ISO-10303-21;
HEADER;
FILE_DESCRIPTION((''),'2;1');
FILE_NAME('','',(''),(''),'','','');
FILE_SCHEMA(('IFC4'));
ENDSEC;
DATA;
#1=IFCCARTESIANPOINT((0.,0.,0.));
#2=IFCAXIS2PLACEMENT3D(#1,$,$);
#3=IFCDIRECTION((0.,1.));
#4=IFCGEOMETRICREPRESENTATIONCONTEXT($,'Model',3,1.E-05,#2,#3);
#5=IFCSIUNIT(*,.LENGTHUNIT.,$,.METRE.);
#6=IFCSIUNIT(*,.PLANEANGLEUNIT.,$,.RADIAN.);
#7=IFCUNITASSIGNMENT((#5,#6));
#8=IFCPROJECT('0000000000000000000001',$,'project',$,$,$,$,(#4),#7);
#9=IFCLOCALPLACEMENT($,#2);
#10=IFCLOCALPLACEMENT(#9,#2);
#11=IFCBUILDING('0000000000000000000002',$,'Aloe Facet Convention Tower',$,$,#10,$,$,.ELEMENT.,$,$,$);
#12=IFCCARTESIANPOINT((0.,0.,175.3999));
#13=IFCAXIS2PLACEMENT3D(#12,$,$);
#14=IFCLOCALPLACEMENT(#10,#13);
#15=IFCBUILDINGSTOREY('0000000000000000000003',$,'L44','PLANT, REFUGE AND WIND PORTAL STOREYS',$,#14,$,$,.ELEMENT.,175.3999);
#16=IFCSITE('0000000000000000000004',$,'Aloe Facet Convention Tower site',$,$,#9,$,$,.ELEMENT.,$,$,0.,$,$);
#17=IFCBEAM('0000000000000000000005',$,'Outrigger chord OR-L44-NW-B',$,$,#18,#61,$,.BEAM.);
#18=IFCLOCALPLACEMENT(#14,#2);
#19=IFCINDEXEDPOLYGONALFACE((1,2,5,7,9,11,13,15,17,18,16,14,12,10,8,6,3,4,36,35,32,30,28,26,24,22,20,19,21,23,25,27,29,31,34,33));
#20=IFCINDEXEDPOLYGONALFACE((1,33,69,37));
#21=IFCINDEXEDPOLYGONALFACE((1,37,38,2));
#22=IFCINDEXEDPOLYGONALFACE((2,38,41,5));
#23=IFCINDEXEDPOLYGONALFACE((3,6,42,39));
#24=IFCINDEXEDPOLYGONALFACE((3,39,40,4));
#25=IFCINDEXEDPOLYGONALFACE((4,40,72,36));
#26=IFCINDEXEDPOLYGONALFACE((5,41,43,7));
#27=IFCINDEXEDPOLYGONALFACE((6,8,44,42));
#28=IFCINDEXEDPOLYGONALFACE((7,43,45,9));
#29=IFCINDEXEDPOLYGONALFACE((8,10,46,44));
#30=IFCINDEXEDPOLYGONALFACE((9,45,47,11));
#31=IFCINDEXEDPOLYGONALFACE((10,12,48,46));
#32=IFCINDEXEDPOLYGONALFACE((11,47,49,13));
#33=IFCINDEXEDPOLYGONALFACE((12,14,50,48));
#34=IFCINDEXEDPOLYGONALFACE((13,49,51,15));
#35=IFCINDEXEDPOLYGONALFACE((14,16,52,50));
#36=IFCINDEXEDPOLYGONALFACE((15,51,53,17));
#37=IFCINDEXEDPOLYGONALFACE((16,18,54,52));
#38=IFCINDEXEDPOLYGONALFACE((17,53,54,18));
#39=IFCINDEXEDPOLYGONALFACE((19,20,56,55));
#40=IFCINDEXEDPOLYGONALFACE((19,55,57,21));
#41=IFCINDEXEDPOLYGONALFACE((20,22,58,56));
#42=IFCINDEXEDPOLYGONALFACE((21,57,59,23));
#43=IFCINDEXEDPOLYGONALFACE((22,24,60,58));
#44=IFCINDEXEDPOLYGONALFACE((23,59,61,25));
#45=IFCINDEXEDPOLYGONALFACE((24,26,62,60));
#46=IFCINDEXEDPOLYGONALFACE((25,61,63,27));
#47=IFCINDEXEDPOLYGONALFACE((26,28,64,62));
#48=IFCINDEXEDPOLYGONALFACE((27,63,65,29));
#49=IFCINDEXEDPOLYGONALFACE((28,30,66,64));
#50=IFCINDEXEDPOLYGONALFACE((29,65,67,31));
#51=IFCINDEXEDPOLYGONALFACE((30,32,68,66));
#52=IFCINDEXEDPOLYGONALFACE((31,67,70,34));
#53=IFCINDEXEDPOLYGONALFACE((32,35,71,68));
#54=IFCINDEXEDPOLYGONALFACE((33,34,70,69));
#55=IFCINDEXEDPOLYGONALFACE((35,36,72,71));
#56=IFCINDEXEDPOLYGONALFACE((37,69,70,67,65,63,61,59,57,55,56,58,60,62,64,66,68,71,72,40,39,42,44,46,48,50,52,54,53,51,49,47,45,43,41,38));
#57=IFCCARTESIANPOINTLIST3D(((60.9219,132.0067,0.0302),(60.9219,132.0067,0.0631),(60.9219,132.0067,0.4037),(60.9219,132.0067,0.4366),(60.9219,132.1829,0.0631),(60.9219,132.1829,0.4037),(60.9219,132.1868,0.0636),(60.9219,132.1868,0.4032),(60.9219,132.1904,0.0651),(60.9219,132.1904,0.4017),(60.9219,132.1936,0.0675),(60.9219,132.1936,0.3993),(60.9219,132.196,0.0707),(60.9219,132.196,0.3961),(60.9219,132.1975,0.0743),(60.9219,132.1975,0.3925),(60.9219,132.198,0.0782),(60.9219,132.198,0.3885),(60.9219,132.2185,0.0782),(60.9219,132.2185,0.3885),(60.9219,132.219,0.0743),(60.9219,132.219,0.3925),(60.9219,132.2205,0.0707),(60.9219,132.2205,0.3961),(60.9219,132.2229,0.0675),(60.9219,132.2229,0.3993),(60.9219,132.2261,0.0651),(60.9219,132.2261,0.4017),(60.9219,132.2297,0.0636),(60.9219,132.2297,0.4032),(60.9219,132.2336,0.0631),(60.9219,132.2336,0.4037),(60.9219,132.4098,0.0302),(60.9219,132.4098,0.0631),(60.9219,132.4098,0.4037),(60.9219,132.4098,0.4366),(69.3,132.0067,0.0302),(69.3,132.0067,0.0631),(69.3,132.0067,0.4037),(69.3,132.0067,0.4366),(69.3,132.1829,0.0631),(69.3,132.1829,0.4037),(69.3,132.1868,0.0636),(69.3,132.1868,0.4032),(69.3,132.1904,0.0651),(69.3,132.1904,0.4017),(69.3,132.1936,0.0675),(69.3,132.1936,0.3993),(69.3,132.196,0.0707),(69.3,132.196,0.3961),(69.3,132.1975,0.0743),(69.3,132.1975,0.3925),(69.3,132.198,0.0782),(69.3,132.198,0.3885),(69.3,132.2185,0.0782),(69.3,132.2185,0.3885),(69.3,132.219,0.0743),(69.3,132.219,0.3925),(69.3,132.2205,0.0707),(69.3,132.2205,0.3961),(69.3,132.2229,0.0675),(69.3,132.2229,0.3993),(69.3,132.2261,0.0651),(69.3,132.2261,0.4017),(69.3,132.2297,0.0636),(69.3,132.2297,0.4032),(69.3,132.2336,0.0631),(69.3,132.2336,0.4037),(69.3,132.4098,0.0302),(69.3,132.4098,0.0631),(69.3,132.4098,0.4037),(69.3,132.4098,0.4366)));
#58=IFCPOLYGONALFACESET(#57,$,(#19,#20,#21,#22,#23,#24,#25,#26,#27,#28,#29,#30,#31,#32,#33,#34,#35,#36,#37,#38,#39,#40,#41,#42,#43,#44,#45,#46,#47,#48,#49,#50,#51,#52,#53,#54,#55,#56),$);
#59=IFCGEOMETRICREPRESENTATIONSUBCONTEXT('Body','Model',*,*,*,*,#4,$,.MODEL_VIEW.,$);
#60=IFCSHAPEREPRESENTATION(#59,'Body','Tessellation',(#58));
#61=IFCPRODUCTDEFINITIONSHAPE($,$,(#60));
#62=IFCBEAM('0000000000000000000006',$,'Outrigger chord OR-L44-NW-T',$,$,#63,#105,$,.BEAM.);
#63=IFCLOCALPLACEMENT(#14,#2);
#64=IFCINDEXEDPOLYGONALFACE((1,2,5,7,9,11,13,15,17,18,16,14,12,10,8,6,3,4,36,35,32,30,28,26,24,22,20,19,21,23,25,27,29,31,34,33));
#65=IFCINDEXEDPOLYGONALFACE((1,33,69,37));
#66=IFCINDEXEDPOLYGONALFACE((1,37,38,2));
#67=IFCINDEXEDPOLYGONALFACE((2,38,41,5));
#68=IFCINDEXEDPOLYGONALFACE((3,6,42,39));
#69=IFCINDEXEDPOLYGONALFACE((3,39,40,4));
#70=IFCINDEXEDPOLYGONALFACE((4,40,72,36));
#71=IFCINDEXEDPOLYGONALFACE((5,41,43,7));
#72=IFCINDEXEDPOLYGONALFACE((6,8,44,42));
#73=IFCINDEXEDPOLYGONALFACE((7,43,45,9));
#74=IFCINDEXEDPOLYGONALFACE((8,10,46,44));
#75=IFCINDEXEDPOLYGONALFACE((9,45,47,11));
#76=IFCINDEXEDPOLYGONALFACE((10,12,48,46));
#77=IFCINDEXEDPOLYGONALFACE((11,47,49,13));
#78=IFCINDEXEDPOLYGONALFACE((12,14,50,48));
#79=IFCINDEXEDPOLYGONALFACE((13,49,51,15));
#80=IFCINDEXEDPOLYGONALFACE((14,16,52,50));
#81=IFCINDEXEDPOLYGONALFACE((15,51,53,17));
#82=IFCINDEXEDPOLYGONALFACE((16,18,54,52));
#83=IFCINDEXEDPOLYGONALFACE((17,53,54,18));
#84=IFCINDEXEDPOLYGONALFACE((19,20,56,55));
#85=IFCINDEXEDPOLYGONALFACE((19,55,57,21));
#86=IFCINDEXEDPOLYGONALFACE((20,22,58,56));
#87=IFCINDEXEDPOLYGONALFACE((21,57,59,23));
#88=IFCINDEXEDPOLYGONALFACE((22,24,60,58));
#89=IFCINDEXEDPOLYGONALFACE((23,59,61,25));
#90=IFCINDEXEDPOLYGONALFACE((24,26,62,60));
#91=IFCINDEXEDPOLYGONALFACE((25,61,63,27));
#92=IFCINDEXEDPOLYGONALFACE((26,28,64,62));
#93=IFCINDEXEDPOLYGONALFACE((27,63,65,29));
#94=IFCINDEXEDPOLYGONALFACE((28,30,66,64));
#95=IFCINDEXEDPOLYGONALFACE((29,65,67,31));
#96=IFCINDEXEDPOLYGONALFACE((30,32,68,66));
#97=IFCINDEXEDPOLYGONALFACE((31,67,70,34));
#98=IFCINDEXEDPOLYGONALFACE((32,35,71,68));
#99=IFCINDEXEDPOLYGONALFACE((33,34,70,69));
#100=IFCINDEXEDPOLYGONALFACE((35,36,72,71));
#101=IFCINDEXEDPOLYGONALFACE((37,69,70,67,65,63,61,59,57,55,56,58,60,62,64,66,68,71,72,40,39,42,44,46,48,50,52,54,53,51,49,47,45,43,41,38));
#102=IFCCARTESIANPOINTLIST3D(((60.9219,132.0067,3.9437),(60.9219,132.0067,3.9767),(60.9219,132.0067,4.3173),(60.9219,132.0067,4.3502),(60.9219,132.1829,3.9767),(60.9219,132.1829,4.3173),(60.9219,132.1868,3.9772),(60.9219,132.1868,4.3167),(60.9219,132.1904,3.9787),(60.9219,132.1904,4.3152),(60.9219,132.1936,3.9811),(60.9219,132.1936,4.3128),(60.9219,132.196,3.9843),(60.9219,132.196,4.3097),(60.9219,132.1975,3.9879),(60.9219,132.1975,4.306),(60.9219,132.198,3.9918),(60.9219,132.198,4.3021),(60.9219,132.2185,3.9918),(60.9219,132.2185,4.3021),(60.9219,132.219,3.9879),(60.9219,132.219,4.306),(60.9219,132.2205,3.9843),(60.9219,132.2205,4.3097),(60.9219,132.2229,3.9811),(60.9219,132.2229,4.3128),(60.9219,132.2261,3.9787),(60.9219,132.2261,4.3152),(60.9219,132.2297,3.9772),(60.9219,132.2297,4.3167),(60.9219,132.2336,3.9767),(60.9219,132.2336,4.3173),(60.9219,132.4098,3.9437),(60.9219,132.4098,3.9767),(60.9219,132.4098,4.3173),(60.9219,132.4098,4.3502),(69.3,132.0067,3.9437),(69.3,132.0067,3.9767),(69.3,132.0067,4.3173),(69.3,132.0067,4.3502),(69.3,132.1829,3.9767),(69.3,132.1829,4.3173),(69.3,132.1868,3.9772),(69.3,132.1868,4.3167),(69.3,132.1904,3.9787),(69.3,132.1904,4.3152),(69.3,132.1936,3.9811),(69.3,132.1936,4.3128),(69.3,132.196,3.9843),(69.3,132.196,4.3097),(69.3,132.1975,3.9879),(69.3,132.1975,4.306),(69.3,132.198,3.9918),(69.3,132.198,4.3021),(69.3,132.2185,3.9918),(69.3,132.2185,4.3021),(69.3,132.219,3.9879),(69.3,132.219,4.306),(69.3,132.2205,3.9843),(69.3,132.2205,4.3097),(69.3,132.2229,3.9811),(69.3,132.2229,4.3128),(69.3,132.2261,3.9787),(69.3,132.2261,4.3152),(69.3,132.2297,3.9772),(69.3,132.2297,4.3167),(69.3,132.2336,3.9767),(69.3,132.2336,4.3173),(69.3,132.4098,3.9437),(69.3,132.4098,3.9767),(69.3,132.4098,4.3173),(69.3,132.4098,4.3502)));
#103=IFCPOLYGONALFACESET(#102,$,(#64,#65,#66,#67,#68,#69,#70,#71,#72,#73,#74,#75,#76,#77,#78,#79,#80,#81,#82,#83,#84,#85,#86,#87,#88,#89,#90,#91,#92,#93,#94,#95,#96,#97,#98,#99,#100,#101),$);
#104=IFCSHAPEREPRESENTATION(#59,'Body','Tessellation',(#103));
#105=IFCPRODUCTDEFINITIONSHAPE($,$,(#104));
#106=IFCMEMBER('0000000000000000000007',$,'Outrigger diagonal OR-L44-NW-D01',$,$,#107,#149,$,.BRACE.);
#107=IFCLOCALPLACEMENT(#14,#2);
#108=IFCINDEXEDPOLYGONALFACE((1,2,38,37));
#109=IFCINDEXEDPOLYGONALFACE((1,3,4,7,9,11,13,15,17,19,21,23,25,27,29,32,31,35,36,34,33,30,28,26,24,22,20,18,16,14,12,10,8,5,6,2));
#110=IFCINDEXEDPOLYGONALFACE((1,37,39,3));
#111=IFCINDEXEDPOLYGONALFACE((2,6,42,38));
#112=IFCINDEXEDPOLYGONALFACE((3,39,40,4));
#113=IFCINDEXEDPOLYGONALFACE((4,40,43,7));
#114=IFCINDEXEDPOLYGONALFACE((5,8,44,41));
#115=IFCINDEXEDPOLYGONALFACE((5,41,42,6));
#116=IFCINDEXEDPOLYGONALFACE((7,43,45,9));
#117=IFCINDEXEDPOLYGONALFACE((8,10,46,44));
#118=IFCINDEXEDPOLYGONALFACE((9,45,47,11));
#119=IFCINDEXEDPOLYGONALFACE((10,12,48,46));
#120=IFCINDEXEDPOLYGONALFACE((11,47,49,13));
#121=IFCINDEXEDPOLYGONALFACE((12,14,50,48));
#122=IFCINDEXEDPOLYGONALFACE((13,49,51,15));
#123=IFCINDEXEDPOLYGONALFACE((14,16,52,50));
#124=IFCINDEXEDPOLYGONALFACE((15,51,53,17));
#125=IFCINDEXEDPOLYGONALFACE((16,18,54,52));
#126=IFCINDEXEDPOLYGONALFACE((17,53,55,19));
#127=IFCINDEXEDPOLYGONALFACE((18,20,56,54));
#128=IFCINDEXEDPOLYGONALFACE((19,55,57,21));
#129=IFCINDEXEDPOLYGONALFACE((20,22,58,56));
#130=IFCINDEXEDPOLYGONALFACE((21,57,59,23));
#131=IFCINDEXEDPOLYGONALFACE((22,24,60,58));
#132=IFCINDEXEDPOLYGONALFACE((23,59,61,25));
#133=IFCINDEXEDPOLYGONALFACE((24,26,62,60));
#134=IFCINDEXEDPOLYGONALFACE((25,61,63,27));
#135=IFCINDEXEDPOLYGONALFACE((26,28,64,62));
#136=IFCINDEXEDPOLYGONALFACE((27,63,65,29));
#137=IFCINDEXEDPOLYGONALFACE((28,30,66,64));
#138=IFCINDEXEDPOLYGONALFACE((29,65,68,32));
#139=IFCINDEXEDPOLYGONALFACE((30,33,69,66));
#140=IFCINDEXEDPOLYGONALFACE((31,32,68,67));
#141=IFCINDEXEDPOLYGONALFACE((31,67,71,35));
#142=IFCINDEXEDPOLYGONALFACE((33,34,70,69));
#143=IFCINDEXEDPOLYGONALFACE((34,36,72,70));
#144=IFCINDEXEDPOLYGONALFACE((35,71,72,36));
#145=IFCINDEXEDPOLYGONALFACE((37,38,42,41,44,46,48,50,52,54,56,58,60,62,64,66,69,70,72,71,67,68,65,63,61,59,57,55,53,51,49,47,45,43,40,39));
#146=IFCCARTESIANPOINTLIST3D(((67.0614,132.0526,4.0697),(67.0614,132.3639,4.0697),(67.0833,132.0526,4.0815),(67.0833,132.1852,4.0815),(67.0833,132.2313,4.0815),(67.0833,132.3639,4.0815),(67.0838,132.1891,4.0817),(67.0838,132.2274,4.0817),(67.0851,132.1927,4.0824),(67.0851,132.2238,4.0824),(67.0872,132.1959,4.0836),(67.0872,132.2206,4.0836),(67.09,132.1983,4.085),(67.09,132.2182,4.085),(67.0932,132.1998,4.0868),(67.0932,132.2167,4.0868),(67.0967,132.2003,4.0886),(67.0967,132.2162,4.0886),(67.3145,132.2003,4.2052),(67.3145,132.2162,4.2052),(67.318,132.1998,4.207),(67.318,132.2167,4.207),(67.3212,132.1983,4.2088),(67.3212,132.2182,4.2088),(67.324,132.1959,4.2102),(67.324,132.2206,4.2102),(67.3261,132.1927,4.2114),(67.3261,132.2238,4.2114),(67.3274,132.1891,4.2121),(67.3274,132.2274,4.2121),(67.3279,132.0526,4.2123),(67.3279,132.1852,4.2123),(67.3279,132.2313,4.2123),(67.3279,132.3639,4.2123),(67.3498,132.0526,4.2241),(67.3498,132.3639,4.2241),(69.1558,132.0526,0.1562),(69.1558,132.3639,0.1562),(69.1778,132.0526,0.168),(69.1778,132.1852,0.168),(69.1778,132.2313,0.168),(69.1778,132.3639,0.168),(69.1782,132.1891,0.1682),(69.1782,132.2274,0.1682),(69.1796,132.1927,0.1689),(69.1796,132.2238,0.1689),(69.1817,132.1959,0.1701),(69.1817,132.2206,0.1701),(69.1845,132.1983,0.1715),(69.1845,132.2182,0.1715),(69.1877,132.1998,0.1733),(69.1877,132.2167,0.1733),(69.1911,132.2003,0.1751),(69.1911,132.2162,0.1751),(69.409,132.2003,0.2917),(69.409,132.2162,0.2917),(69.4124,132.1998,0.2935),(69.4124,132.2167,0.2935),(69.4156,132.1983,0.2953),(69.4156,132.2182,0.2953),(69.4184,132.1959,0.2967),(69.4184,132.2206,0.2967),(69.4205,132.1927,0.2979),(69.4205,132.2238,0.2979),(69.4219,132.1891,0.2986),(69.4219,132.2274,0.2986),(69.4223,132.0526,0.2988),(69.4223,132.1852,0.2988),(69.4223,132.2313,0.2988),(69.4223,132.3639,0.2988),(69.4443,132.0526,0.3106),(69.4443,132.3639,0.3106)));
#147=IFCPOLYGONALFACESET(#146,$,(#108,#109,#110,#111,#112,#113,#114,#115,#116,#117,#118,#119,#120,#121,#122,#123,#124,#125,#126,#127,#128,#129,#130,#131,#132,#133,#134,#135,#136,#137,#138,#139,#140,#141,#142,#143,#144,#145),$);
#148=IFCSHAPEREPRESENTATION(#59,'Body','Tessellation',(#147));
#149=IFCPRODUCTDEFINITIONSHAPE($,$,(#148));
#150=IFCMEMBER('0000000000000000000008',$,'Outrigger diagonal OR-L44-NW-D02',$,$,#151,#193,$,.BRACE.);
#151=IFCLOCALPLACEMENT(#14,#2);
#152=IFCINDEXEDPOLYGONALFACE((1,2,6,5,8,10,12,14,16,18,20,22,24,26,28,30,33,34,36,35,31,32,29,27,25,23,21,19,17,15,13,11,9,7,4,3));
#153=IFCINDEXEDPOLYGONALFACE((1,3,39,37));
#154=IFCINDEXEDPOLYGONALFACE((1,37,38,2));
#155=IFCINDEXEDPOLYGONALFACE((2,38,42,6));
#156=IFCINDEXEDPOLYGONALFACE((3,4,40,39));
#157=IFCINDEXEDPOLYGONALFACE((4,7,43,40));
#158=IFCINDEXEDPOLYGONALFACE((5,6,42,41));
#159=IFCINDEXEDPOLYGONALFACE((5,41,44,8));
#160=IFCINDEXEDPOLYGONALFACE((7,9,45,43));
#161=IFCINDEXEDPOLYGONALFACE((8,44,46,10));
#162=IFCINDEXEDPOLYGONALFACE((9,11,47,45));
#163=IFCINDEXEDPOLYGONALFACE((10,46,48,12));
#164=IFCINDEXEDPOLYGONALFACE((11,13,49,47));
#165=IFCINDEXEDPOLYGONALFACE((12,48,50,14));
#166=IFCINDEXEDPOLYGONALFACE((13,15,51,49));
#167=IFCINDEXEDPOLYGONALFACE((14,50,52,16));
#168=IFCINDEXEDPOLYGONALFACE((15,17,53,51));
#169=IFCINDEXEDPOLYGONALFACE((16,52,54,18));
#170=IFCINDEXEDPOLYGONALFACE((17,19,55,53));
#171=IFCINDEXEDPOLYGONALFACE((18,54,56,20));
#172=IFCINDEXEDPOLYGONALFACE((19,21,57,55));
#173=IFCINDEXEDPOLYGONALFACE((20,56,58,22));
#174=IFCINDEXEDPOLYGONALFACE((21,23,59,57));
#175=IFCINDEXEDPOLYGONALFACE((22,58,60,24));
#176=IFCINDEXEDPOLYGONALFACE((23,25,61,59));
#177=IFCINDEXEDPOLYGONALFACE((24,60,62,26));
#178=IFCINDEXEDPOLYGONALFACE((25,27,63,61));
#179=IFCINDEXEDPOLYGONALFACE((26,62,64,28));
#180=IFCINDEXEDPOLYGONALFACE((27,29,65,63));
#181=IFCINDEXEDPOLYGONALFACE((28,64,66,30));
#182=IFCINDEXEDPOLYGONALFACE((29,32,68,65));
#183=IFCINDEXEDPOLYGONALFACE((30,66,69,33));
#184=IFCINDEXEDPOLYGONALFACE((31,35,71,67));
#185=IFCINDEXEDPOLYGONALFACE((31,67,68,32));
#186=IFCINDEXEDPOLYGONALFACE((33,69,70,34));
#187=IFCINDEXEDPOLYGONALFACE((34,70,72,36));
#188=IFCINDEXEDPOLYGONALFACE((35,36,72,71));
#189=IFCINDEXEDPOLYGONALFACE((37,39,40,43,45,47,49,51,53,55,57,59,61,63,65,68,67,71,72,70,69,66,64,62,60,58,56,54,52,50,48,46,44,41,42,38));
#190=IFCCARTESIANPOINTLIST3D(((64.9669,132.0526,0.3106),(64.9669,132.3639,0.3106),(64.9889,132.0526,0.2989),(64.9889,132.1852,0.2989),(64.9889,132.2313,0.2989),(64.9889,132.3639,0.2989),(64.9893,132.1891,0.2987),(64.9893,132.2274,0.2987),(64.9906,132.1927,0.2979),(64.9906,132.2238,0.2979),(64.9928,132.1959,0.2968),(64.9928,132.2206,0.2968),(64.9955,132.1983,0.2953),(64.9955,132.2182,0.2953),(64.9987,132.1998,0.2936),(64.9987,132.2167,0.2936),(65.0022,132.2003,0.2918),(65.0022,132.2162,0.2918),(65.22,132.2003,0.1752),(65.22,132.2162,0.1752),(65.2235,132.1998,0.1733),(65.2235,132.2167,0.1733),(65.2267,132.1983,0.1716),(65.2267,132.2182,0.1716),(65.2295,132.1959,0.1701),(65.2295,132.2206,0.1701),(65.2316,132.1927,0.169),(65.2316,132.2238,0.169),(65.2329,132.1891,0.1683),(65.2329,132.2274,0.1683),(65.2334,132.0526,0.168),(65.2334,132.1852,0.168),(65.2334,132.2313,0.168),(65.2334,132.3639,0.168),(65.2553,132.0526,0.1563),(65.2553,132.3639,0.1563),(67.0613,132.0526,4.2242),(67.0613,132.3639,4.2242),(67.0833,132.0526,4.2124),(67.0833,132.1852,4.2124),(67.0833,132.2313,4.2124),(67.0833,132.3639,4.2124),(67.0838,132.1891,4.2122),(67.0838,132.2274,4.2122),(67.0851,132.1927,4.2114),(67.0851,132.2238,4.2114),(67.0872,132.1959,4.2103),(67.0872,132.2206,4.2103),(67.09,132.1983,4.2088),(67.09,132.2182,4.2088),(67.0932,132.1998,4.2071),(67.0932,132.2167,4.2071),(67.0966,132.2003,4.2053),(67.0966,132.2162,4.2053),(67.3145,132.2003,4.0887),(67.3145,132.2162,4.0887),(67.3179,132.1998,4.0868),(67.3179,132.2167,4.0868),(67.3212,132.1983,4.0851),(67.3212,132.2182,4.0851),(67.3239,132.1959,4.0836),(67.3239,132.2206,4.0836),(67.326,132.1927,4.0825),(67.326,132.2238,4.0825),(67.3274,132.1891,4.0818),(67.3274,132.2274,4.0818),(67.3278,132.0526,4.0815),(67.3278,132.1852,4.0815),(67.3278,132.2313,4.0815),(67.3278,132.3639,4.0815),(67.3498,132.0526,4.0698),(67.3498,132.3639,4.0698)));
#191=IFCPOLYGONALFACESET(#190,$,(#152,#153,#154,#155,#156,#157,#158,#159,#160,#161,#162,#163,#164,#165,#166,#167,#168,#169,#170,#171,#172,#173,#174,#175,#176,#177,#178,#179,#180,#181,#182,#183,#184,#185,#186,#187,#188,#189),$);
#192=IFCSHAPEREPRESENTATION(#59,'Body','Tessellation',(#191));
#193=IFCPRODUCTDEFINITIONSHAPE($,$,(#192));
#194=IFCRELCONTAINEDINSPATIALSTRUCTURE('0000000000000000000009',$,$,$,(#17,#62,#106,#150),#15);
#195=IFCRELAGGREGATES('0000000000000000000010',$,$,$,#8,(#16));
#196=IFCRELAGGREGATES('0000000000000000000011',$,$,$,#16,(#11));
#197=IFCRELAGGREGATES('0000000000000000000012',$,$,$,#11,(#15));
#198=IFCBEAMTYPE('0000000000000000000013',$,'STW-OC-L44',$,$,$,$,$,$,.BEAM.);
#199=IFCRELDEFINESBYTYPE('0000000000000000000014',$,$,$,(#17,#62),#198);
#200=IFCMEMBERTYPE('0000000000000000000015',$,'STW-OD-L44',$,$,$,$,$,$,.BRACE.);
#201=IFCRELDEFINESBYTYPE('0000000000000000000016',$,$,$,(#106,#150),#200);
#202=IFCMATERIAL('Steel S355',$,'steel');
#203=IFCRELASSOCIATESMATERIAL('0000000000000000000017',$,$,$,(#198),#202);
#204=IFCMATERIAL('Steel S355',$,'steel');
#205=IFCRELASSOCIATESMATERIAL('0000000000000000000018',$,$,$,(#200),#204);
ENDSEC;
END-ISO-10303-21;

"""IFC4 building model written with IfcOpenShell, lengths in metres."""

from ifc_helpers import new_model, si_unit, direction, frame, origin, origin_2d, place, context, subcontext, project, spatial, i_section, extrude, material, material_profile, profile_set, type_object, element, save


model = new_model("IFC4")

# Units and contexts
model_context = context("Model", 3, precision=1e-05, world=origin(), true_north=direction((0.0, 1.0)))
body_context = subcontext(model_context, "Body", "Model", "MODEL_VIEW")
ifc_project = project(units=[si_unit("LENGTHUNIT", "METRE"), si_unit("PLANEANGLEUNIT", "RADIAN")], contexts=[model_context])

# Site, building, storey
site_placement = place(None, origin())
site = spatial("IfcSite", under=ifc_project, at=site_placement, Name="Aloe Facet Convention Tower site", CompositionType="ELEMENT", RefElevation=0.0)
building_placement = place(site_placement, origin())
building = spatial("IfcBuilding", under=site, at=building_placement, Name="Aloe Facet Convention Tower", CompositionType="ELEMENT")
storey_placement = place(building_placement, frame((0.0, 0.0, 175.3999)))
storey = spatial("IfcBuildingStorey", under=building, at=storey_placement, Name="L44", Description="PLANT, REFUGE AND WIND PORTAL STOREYS", CompositionType="ELEMENT", Elevation=175.3999)

# Beams
ifc_material_1 = material(Name="Steel S355", Category="steel")
ifc_material_profile_1 = material_profile(ifc_material_1, i_section(OverallWidth=0.4031, OverallDepth=0.4065, WebThickness=0.0205, FlangeThickness=0.033, FilletRadius=0.0151, at=origin_2d()), Name="UC 356x406x340")
ifc_profile_set_1 = profile_set([ifc_material_profile_1], Name="Steel S355")
beam_type_1 = type_object("IfcBeamType", Name="STW-OC-L44", PredefinedType="BEAM", material=ifc_profile_set_1)
for number, where, z_axis, x_axis, name in (
    (1, (69.3, 132.2083, 0.2334), (-1.0, 0.0, 0.0), (0.0, -1.0, 0.0), "Outrigger chord OR-L44-NW-B"),
    (2, (69.3, 132.2083, 4.147), (-1.0, 0.0, 0.0), (0.0, -1.0, 0.0), "Outrigger chord OR-L44-NW-T"),
):
    element("IfcBeam", number, at=place(storey_placement, frame(where, z_axis=z_axis, x_axis=x_axis)), inside=storey, type_object=beam_type_1, Name=name, PredefinedType="BEAM", context=body_context, shape_type="SweptSolid", body=[
        extrude(i_section(OverallWidth=0.4031, OverallDepth=0.4065, WebThickness=0.0205, FlangeThickness=0.033, FilletRadius=0.0151, at=origin_2d()), origin(), (0.0, 0.0, 1.0), 8.3782),
    ])

# Members
ifc_material_2 = material(Name="Steel S355", Category="steel")
ifc_material_profile_2 = material_profile(ifc_material_2, i_section(OverallWidth=0.3113, OverallDepth=0.3271, WebThickness=0.0159, FlangeThickness=0.0249, FilletRadius=0.0151, at=origin_2d()), Name="UC 305x305x158")
ifc_profile_set_2 = profile_set([ifc_material_profile_2], Name="Steel S355")
member_type_1 = type_object("IfcMemberType", Name="STW-OD-L44", PredefinedType="BRACE", material=ifc_profile_set_2)
for number, where, z_axis, x_axis, name in (
    (3, (69.3, 132.2083, 0.2334), (-0.471858, 0.0, 0.881674), (0.0, -1.0, 0.0), "Outrigger diagonal OR-L44-NW-D01"),
    (4, (67.2056, 132.2083, 4.147), (-0.471858, 0.0, -0.881674), (0.0, -1.0, 0.0), "Outrigger diagonal OR-L44-NW-D02"),
):
    element("IfcMember", number, at=place(storey_placement, frame(where, z_axis=z_axis, x_axis=x_axis)), inside=storey, type_object=member_type_1, Name=name, PredefinedType="BRACE", context=body_context, shape_type="SweptSolid", body=[
        extrude(i_section(OverallWidth=0.3113, OverallDepth=0.3271, WebThickness=0.0159, FlangeThickness=0.0249, FilletRadius=0.0151, at=origin_2d()), origin(), (0.0, 0.0, 1.0), 4.4387),
    ])

save(model, "model.ifc")
